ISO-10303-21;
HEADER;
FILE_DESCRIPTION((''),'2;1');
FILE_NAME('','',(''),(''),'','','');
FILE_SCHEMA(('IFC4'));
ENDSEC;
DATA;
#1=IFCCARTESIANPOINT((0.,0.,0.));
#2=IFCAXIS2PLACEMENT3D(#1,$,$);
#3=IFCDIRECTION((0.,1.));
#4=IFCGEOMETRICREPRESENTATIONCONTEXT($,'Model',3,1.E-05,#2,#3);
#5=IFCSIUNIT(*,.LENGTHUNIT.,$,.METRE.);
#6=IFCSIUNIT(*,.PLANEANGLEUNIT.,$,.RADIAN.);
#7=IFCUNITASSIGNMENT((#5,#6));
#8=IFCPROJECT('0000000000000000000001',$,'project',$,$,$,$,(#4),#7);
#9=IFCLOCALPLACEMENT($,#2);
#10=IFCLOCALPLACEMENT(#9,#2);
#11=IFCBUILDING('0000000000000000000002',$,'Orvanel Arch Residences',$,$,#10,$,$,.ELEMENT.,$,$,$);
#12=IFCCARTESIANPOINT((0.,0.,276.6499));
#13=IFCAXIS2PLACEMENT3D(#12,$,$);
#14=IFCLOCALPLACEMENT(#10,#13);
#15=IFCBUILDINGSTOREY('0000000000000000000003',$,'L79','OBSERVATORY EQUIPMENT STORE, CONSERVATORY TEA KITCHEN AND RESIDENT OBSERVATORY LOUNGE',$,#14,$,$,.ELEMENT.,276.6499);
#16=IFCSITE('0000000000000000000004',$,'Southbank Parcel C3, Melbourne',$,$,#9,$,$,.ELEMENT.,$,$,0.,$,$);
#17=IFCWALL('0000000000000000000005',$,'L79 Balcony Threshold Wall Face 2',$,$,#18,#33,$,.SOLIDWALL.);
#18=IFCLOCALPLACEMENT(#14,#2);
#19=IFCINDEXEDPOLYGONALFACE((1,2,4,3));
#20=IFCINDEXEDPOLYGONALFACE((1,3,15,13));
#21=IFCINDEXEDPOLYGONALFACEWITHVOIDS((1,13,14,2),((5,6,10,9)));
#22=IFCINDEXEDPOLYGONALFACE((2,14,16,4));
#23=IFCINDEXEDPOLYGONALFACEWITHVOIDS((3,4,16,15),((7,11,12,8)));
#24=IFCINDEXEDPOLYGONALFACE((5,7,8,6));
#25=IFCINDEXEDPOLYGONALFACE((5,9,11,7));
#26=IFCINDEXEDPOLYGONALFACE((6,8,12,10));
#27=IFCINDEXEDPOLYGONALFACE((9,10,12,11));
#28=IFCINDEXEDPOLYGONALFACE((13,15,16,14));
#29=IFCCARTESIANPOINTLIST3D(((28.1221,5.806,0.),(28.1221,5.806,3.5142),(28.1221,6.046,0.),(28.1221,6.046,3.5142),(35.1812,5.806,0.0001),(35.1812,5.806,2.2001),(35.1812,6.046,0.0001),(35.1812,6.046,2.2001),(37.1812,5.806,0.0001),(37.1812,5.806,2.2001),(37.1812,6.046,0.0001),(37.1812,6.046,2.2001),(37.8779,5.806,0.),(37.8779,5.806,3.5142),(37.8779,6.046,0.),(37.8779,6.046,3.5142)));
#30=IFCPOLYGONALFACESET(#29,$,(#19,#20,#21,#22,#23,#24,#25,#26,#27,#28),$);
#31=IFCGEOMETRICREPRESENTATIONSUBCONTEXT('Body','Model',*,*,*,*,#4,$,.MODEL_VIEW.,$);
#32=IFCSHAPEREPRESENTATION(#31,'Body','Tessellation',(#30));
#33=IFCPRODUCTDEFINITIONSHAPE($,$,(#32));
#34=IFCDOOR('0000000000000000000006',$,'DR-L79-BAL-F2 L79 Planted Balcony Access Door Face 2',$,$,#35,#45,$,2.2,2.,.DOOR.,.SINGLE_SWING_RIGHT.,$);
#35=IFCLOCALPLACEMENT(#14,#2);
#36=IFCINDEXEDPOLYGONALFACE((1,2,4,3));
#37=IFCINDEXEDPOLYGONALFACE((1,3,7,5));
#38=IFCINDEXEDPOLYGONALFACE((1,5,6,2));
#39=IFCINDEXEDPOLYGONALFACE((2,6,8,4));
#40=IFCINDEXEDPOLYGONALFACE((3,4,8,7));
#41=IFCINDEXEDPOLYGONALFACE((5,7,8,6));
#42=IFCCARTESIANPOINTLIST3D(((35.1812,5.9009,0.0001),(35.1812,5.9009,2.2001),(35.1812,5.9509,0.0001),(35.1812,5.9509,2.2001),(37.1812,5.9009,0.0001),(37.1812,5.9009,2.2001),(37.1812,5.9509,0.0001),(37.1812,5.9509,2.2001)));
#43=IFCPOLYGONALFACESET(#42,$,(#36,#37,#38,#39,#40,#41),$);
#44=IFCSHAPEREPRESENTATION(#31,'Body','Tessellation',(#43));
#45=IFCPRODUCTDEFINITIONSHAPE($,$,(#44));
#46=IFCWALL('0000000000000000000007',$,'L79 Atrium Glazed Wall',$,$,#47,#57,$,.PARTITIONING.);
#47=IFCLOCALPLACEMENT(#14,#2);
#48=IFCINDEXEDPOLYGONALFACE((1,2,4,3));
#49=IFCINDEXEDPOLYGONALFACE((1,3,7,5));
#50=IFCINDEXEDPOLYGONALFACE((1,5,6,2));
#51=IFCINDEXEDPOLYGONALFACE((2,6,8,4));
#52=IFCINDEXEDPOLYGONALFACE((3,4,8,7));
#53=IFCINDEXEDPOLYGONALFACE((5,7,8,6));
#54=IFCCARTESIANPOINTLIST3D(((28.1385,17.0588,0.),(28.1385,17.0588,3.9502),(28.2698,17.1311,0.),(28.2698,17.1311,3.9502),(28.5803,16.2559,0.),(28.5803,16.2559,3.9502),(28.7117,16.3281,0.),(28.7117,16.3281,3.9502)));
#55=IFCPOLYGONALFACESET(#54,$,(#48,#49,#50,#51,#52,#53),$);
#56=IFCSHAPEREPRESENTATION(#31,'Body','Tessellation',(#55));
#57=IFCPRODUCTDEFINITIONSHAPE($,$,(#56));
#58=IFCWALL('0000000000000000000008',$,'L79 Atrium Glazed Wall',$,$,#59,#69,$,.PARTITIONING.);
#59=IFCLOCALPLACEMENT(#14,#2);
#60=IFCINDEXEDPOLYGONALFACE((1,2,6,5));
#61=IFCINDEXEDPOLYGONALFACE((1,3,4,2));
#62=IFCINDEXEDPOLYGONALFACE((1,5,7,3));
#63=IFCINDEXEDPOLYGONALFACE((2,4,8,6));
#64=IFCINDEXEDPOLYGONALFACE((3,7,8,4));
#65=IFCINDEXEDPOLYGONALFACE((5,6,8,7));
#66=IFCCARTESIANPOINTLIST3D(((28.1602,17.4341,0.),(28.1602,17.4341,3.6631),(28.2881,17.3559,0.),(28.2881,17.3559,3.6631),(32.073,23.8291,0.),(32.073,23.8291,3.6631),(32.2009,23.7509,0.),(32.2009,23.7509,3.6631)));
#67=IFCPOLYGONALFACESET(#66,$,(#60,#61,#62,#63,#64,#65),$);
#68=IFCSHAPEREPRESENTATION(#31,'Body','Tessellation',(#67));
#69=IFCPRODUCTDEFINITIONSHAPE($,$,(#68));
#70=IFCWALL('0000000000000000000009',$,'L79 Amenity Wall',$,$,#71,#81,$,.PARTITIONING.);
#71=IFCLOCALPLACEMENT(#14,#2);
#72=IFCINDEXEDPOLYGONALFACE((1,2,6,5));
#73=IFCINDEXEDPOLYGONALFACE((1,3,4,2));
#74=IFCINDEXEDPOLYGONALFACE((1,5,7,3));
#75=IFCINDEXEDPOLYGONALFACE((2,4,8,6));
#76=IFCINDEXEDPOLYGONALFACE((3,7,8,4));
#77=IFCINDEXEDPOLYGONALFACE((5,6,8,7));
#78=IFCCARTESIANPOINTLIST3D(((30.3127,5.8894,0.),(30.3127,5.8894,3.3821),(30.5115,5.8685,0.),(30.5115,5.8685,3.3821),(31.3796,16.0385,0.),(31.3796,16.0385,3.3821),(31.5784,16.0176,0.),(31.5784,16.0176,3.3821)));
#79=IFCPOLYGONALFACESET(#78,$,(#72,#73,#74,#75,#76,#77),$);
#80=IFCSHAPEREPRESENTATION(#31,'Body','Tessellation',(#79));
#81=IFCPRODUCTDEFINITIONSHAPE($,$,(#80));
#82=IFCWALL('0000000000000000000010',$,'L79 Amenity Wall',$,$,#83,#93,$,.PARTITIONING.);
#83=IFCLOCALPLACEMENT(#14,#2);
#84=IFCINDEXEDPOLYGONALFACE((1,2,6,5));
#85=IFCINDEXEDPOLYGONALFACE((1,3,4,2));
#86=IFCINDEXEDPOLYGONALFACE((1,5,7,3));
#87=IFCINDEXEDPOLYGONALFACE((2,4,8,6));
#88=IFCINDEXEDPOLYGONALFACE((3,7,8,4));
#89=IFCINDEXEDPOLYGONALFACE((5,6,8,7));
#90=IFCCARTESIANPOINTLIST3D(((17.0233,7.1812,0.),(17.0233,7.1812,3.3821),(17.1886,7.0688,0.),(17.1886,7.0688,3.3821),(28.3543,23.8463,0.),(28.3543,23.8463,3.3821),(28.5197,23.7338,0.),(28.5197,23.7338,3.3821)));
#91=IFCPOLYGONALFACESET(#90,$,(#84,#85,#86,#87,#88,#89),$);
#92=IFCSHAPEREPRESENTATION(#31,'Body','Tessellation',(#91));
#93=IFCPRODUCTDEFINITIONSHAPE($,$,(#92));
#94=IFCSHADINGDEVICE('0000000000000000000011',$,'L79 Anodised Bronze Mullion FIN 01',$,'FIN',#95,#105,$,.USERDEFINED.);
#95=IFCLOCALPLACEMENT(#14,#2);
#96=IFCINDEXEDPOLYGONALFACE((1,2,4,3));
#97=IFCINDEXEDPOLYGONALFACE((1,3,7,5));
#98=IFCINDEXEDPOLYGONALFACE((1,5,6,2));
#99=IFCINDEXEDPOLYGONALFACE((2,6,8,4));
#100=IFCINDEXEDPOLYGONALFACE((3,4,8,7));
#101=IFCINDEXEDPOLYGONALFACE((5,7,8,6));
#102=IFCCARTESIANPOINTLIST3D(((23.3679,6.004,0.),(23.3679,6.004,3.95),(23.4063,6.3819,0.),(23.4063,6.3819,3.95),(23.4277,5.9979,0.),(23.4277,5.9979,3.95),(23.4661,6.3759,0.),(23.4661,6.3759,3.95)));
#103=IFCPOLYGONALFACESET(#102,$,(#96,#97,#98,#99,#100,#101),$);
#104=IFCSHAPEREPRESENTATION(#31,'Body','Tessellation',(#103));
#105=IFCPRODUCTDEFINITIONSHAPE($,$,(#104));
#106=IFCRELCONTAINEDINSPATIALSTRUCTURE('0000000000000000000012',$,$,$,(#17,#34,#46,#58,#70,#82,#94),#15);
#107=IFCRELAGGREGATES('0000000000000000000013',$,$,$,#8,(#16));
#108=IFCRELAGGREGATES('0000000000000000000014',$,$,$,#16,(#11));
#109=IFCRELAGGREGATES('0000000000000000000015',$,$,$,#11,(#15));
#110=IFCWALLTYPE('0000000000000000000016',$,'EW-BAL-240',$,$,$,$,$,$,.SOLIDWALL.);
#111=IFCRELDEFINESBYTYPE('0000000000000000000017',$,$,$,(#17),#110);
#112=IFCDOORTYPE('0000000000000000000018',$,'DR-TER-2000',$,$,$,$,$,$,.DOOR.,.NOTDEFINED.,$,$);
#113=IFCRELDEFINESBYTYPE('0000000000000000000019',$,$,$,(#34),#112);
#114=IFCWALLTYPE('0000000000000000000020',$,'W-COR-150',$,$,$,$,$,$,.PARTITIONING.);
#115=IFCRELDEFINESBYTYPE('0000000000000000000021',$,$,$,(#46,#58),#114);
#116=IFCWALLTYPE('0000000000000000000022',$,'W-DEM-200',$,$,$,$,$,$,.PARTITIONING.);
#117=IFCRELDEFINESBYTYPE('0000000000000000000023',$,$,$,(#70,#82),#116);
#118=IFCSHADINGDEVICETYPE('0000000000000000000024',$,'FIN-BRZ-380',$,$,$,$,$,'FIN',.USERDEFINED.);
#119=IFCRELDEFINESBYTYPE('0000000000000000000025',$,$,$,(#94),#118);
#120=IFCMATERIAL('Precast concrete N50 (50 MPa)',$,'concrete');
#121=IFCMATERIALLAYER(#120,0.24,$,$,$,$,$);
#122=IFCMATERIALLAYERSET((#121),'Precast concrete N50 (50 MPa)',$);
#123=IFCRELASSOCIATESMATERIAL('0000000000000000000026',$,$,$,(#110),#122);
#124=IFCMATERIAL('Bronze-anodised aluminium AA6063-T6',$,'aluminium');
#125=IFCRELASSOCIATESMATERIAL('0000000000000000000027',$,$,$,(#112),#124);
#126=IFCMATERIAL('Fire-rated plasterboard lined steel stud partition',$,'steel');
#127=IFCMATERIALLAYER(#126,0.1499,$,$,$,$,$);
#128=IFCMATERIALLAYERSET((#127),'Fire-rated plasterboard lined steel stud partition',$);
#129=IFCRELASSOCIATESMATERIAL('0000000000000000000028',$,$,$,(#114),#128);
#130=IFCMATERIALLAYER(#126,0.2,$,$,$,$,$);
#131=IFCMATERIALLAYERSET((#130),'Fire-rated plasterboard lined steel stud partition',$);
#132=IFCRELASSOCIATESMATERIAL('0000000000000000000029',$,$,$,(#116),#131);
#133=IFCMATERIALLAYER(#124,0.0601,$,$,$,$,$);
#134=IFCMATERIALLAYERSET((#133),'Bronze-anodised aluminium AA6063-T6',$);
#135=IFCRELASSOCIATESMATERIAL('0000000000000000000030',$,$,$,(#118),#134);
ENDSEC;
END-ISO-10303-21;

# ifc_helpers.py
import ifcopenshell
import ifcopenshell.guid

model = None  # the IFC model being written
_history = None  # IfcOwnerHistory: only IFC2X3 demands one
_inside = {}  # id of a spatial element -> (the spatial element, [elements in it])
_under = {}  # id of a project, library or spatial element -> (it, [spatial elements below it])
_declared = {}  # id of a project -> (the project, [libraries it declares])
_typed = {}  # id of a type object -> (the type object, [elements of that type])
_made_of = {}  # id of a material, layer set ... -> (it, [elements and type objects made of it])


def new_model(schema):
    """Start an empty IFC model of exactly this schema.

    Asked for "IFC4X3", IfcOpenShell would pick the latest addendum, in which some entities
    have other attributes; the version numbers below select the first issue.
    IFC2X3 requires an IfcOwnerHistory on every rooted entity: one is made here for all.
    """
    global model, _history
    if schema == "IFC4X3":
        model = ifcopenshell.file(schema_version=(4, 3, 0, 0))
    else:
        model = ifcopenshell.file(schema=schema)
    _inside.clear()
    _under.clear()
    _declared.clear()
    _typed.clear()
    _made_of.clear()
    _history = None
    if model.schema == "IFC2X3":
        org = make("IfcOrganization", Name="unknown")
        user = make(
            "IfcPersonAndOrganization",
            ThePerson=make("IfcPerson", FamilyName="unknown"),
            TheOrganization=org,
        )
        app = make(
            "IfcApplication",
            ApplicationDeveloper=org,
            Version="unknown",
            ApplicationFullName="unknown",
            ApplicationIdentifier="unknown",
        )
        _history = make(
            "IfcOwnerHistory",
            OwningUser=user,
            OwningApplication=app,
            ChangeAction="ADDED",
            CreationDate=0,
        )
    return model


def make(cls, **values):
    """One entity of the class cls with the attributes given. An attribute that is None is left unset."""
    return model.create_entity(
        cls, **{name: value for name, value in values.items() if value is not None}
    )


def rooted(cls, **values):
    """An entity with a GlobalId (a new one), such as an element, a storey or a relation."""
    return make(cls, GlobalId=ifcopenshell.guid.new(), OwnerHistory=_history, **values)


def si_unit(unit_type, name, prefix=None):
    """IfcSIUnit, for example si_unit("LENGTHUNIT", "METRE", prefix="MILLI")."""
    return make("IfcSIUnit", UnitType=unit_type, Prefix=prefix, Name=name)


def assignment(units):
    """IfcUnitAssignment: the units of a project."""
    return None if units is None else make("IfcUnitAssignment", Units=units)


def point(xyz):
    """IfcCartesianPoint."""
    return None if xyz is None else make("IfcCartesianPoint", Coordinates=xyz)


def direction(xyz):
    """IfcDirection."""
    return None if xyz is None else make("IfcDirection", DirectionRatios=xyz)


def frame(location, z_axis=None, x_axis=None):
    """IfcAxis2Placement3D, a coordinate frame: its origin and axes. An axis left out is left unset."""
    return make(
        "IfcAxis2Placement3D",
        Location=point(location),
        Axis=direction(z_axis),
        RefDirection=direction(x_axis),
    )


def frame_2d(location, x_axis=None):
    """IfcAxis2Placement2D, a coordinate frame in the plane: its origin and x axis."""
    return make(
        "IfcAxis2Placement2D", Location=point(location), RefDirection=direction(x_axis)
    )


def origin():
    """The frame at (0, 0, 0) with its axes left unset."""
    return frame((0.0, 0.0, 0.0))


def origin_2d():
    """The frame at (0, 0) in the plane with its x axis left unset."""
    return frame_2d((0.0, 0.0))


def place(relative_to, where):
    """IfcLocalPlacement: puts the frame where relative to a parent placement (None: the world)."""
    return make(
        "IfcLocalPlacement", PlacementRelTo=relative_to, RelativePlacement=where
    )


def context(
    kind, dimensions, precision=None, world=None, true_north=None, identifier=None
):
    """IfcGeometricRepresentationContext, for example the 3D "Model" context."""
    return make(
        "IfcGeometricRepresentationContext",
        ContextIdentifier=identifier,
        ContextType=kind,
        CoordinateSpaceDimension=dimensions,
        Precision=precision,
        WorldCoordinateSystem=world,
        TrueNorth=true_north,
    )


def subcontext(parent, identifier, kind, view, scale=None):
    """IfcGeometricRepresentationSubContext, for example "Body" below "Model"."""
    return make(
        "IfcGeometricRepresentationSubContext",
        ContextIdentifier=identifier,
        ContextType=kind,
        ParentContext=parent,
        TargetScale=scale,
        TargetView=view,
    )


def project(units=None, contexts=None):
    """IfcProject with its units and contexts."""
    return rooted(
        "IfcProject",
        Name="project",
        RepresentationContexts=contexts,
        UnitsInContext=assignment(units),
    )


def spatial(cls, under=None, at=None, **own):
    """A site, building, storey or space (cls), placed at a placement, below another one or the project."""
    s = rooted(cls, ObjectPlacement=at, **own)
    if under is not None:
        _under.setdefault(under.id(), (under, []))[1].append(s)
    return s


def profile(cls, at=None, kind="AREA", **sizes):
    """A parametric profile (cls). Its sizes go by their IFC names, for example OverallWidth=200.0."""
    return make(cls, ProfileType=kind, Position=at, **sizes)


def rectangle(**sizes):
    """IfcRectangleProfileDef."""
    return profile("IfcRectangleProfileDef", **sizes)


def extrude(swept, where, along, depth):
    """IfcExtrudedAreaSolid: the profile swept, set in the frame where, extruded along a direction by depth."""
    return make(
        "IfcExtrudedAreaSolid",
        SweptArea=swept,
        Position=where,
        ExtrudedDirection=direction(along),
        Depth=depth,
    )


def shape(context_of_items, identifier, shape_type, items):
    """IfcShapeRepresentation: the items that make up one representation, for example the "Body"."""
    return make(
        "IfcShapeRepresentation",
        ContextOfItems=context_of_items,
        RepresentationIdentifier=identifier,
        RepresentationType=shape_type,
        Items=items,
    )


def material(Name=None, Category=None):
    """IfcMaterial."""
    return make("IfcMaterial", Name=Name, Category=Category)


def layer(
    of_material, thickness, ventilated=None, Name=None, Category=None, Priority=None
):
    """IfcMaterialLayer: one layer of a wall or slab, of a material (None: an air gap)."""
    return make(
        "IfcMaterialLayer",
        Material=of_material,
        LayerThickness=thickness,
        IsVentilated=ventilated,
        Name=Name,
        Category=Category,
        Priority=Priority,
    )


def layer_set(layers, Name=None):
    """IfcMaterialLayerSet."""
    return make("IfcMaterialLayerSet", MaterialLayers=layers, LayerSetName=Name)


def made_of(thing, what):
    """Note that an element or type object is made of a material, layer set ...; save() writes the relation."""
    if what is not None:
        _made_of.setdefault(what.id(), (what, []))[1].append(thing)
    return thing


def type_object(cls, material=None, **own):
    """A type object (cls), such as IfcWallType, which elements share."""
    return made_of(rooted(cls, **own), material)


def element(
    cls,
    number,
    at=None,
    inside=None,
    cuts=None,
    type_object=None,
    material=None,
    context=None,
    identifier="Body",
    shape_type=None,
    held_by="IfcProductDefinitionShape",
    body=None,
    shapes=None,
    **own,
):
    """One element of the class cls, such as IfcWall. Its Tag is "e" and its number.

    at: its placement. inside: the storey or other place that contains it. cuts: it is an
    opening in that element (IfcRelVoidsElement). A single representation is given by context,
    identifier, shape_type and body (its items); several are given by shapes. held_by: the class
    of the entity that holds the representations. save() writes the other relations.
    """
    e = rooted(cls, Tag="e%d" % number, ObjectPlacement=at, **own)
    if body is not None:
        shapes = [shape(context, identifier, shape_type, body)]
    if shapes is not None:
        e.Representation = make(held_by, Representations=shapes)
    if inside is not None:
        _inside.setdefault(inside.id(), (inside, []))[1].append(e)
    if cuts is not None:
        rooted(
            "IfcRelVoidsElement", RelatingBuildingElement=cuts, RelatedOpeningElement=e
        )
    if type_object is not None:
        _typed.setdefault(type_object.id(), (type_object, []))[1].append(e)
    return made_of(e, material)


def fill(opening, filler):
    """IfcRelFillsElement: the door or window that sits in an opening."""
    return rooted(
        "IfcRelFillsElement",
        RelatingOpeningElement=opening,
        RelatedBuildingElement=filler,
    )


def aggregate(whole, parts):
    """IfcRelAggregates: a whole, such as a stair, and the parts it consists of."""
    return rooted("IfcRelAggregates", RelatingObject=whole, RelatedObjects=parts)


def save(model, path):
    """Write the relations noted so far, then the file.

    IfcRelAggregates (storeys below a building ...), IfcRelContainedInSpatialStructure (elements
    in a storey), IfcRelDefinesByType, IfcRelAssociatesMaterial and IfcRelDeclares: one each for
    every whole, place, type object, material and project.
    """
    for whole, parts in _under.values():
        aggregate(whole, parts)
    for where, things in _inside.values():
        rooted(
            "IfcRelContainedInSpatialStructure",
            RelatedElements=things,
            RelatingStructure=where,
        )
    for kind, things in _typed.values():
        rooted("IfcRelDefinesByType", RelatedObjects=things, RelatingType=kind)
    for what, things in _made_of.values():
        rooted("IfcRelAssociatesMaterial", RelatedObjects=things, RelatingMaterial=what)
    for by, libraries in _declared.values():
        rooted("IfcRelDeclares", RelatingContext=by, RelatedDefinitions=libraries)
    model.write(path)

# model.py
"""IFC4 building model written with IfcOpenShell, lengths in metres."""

from ifc_helpers import new_model, si_unit, direction, frame, frame_2d, origin, origin_2d, place, context, subcontext, project, spatial, rectangle, extrude, material, layer, layer_set, type_object, element, fill, save


model = new_model("IFC4")

# Units and contexts
model_context = context("Model", 3, precision=1e-05, world=origin(), true_north=direction((0.0, 1.0)))
body_context = subcontext(model_context, "Body", "Model", "MODEL_VIEW")
ifc_project = project(units=[si_unit("LENGTHUNIT", "METRE"), si_unit("PLANEANGLEUNIT", "RADIAN")], contexts=[model_context])

# Site, building, storey
site_placement = place(None, origin())
site = spatial("IfcSite", under=ifc_project, at=site_placement, Name="Southbank Parcel C3, Melbourne", CompositionType="ELEMENT", RefElevation=0.0)
building_placement = place(site_placement, origin())
building = spatial("IfcBuilding", under=site, at=building_placement, Name="Orvanel Arch Residences", CompositionType="ELEMENT")
storey_placement = place(building_placement, frame((0.0, 0.0, 276.6499)))
storey = spatial("IfcBuildingStorey", under=building, at=storey_placement, Name="L79", Description="OBSERVATORY EQUIPMENT STORE, CONSERVATORY TEA KITCHEN AND RESIDENT OBSERVATORY LOUNGE", CompositionType="ELEMENT", Elevation=276.6499)

# Shared definitions
ifc_material_1 = material(Name="Bronze-anodised aluminium AA6063-T6", Category="aluminium")

# Wall, opening, door
ifc_material_2 = material(Name="Precast concrete N50 (50 MPa)", Category="concrete")
ifc_layer_1 = layer(ifc_material_2, 0.24)
ifc_layer_set_1 = layer_set([ifc_layer_1], Name="Precast concrete N50 (50 MPa)")
wall_type_1 = type_object("IfcWallType", Name="EW-BAL-240", PredefinedType="SOLIDWALL", material=ifc_layer_set_1)
wall_1_placement = place(storey_placement, frame((28.1221, 5.926, 0.0), z_axis=(0.0, 0.0, 1.0), x_axis=(1.0, 0.0, 0.0)))
wall_1 = element("IfcWall", 1, at=wall_1_placement, inside=storey, type_object=wall_type_1, Name="L79 Balcony Threshold Wall Face 2", PredefinedType="SOLIDWALL", context=body_context, shape_type="SweptSolid", body=[
    extrude(rectangle(XDim=9.7559, YDim=0.24, at=frame_2d((4.8779, 0.0))), origin(), (0.0, 0.0, 1.0), 3.5142),
])
opening_placement = place(wall_1_placement, frame((7.0591, 0.0, 0.0)))
opening = element("IfcOpeningElement", 2, at=opening_placement, cuts=wall_1, PredefinedType="OPENING", context=body_context, shape_type="SweptSolid", body=[
    extrude(rectangle(XDim=2.0, YDim=2.2, at=frame_2d((1.0, 1.1001))), frame((0.0, 0.1299, 0.0), z_axis=(0.0, -1.0, 0.0), x_axis=(1.0, 0.0, 0.0)), (0.0, 0.0, 1.0), 0.26),
])
door_type = type_object("IfcDoorType", Name="DR-TER-2000", OperationType="NOTDEFINED", PredefinedType="DOOR", material=ifc_material_1)
door_placement = place(opening_placement, origin())
door = element("IfcDoor", 3, at=door_placement, inside=storey, type_object=door_type, Name="DR-L79-BAL-F2 L79 Planted Balcony Access Door Face 2", OperationType="SINGLE_SWING_RIGHT", OverallHeight=2.2, OverallWidth=2.0, PredefinedType="DOOR", context=body_context, shape_type="SweptSolid", body=[
    extrude(rectangle(XDim=2.0, YDim=2.2, at=frame_2d((1.0, 1.1001))), frame((0.0, 0.0249, 0.0), z_axis=(0.0, -1.0, 0.0), x_axis=(1.0, 0.0, 0.0)), (0.0, 0.0, 1.0), 0.05),
])
fill(opening, door)

# Walls
ifc_material_3 = material(Name="Fire-rated plasterboard lined steel stud partition", Category="steel")
ifc_layer_2 = layer(ifc_material_3, 0.1499)
ifc_layer_set_2 = layer_set([ifc_layer_2], Name="Fire-rated plasterboard lined steel stud partition")
wall_type_2 = type_object("IfcWallType", Name="W-COR-150", PredefinedType="PARTITIONING", material=ifc_layer_set_2)
wall_2_placement = place(storey_placement, frame((28.646, 16.292, 0.0), z_axis=(0.0, 0.0, 1.0), x_axis=(-0.482133, 0.876098, 0.0)))
element("IfcWall", 4, at=wall_2_placement, inside=storey, type_object=wall_type_2, Name="L79 Atrium Glazed Wall", PredefinedType="PARTITIONING", context=body_context, shape_type="SweptSolid", body=[
    extrude(rectangle(XDim=0.9165, YDim=0.1499, at=frame_2d((0.4583, 0.0))), origin(), (0.0, 0.0, 1.0), 3.9502),
])
wall_3_placement = place(storey_placement, frame((28.2241, 17.395, 0.0), z_axis=(0.0, 0.0, 1.0), x_axis=(0.521914, 0.852998, 0.0)))
element("IfcWall", 5, at=wall_3_placement, inside=storey, type_object=wall_type_2, Name="L79 Atrium Glazed Wall", PredefinedType="PARTITIONING", context=body_context, shape_type="SweptSolid", body=[
    extrude(rectangle(XDim=7.4971, YDim=0.1499, at=frame_2d((3.7485, 0.0))), origin(), (0.0, 0.0, 1.0), 3.6631),
])
ifc_layer_3 = layer(ifc_material_3, 0.2)
ifc_layer_set_3 = layer_set([ifc_layer_3], Name="Fire-rated plasterboard lined steel stud partition")
wall_type_3 = type_object("IfcWallType", Name="W-DEM-200", PredefinedType="PARTITIONING", material=ifc_layer_set_3)
wall_4_placement = place(storey_placement, frame((31.479, 16.0281, 0.0), z_axis=(0.0, 0.0, 1.0), x_axis=(-0.104545, -0.99452, 0.0)))
element("IfcWall", 6, at=wall_4_placement, inside=storey, type_object=wall_type_3, Name="L79 Amenity Wall", PredefinedType="PARTITIONING", context=body_context, shape_type="SweptSolid", body=[
    extrude(rectangle(XDim=10.2051, YDim=0.2, at=frame_2d((5.1025, 0.0))), origin(), (0.0, 0.0, 1.0), 3.3821),
])
wall_5_placement = place(storey_placement, frame((17.106, 7.125, 0.0), z_axis=(0.0, 0.0, 1.0), x_axis=(0.56227, 0.826954, 0.0)))
element("IfcWall", 7, at=wall_5_placement, inside=storey, type_object=wall_type_3, Name="L79 Amenity Wall", PredefinedType="PARTITIONING", context=body_context, shape_type="SweptSolid", body=[
    extrude(rectangle(XDim=20.1523, YDim=0.2, at=frame_2d((10.0762, 0.0))), origin(), (0.0, 0.0, 1.0), 3.3821),
])

# Shading device
ifc_layer_4 = layer(ifc_material_1, 0.0601)
ifc_layer_set_4 = layer_set([ifc_layer_4], Name="Bronze-anodised aluminium AA6063-T6")
shading_device_type = type_object("IfcShadingDeviceType", Name="FIN-BRZ-380", ElementType="FIN", PredefinedType="USERDEFINED", material=ifc_layer_set_4)
shading_device_placement = place(storey_placement, frame((23.417, 6.1899, 0.0), z_axis=(0.0, 0.0, 1.0), x_axis=(-0.101056, -0.994881, 0.0)))
element("IfcShadingDevice", 8, at=shading_device_placement, inside=storey, type_object=shading_device_type, Name="L79 Anodised Bronze Mullion FIN 01", ObjectType="FIN", PredefinedType="USERDEFINED", context=body_context, shape_type="SweptSolid", body=[
    extrude(rectangle(XDim=0.3799, YDim=0.0601, at=origin_2d()), origin(), (0.0, 0.0, 1.0), 3.95),
])

save(model, "model.ifc")
